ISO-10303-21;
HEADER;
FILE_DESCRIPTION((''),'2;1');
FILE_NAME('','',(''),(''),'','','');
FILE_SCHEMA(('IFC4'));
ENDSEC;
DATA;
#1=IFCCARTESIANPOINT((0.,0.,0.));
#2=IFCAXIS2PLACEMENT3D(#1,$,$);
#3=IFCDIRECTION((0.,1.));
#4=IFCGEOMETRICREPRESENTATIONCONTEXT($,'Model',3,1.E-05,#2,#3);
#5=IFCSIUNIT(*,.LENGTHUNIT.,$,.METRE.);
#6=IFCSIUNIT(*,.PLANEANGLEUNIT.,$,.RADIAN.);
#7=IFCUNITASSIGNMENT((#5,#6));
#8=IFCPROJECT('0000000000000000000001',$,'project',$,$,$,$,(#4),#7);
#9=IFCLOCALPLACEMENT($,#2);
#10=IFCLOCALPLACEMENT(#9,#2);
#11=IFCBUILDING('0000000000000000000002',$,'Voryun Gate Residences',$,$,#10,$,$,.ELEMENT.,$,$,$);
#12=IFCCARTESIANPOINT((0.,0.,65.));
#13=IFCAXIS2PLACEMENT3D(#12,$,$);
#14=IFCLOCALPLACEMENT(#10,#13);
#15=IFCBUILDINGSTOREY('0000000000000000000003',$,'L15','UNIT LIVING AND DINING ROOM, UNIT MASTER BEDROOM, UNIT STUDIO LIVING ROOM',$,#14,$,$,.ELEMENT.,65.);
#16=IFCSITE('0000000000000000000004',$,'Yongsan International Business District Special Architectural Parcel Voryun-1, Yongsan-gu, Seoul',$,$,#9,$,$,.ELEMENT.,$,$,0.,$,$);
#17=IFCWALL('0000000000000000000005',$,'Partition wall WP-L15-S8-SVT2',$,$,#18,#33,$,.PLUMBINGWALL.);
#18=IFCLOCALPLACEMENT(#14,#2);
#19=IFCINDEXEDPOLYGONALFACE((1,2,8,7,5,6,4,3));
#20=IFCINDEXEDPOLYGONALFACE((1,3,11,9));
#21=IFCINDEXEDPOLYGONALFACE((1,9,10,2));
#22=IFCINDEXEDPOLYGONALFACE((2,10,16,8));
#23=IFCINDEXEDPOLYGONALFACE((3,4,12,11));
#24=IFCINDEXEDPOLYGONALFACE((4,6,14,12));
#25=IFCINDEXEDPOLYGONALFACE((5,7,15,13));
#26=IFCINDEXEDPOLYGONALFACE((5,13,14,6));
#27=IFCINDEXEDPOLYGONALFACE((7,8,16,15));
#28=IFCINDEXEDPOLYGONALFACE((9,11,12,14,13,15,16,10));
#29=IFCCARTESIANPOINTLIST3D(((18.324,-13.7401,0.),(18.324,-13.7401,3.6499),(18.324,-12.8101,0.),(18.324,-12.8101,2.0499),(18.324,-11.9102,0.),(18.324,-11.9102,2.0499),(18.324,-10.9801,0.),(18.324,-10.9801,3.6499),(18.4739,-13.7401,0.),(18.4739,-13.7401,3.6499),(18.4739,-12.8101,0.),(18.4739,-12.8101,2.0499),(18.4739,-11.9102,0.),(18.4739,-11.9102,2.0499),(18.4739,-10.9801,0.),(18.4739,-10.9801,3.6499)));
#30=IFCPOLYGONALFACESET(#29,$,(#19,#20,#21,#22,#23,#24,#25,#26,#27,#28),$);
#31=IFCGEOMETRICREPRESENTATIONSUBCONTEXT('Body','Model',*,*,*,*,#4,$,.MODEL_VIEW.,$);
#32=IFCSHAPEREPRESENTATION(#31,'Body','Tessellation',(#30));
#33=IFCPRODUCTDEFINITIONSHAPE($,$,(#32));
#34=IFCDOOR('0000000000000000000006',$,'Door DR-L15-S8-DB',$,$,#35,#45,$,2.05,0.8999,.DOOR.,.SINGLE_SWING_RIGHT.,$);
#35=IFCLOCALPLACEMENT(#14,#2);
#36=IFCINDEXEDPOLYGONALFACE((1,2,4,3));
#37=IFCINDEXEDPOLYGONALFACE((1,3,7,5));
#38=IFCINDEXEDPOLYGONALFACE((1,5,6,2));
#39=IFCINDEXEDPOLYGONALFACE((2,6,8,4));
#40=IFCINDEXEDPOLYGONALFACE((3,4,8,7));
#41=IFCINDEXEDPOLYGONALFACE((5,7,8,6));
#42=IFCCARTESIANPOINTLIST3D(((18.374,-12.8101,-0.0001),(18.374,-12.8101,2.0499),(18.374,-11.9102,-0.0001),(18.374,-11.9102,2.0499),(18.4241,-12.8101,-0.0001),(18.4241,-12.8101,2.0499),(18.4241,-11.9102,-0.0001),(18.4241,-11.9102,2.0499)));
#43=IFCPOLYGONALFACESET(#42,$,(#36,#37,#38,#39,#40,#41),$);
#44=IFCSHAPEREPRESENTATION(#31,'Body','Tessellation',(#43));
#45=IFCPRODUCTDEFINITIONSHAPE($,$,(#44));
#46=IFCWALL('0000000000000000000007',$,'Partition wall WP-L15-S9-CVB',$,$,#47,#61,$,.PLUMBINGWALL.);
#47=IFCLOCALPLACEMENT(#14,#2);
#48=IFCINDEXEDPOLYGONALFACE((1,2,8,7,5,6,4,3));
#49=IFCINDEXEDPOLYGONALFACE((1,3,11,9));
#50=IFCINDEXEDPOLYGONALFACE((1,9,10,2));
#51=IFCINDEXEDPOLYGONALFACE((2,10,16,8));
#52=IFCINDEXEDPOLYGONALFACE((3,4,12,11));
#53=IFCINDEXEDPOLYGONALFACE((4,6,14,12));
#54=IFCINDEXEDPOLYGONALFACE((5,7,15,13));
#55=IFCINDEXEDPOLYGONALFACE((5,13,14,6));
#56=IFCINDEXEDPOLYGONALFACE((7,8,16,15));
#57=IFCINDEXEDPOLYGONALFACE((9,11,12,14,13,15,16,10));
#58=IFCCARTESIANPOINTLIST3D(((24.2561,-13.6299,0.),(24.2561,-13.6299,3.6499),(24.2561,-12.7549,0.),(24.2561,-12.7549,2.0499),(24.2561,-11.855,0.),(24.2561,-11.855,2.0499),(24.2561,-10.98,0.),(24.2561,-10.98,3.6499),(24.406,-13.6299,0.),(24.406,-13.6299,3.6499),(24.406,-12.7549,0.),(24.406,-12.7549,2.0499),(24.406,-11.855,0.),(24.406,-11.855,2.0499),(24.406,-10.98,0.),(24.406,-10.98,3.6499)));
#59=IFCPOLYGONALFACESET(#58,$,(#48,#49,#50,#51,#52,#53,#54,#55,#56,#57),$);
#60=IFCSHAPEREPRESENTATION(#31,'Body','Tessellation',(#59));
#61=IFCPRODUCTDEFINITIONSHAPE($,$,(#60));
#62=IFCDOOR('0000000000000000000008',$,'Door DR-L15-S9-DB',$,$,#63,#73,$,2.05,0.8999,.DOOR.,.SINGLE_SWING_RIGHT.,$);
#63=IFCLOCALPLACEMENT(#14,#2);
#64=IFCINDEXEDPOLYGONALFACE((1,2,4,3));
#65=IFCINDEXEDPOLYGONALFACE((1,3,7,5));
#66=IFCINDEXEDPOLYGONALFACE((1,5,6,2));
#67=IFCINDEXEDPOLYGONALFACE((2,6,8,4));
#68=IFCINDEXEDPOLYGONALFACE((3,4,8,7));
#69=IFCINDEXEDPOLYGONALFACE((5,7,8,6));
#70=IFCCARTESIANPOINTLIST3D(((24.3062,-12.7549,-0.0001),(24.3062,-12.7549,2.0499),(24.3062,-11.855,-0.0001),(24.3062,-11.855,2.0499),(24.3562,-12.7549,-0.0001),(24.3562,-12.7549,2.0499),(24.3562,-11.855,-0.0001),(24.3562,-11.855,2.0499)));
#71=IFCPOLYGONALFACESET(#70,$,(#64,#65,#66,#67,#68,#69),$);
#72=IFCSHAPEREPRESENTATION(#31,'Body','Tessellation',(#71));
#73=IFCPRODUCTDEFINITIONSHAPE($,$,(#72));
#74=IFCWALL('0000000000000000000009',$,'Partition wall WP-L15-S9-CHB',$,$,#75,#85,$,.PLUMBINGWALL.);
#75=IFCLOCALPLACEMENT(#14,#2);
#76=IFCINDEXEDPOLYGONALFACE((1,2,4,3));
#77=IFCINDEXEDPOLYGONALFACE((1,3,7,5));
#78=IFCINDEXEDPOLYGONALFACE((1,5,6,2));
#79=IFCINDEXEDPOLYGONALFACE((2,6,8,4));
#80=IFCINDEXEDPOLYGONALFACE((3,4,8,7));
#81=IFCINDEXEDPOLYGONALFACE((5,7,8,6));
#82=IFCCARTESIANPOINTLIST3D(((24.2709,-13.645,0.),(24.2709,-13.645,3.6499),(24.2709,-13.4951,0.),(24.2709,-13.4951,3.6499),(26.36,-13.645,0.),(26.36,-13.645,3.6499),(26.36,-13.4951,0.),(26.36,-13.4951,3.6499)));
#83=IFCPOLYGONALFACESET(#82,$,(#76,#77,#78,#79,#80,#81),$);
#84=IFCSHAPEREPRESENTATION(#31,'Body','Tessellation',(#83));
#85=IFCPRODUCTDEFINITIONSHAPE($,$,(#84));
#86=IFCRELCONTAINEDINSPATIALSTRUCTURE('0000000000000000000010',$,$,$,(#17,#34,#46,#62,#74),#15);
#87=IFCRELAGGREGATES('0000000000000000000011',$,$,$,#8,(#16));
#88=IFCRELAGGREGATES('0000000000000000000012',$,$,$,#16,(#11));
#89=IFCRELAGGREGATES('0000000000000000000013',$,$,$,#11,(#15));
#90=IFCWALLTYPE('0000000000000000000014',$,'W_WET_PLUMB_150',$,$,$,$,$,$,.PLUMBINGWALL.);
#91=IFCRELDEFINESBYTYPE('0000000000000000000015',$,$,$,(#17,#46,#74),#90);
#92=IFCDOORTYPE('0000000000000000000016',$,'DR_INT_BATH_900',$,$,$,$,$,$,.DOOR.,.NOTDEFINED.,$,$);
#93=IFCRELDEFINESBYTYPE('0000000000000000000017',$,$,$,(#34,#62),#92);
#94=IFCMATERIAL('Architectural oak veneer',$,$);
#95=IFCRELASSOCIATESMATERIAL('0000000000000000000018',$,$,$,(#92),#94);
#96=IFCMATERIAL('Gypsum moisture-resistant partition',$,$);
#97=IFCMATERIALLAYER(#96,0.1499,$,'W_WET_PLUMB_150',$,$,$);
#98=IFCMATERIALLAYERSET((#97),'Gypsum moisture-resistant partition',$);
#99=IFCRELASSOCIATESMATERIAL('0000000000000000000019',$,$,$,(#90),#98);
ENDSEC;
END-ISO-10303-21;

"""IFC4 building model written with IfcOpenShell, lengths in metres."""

from ifc_helpers import new_model, si_unit, direction, frame, frame_2d, origin, place, context, subcontext, project, spatial, rectangle, extrude, material, layer, layer_set, type_object, element, fill, save


model = new_model("IFC4")

# Units and contexts
model_context = context("Model", 3, precision=1e-05, world=origin(), true_north=direction((0.0, 1.0)))
body_context = subcontext(model_context, "Body", "Model", "MODEL_VIEW")
ifc_project = project(units=[si_unit("LENGTHUNIT", "METRE"), si_unit("PLANEANGLEUNIT", "RADIAN")], contexts=[model_context])

# Site, building, storey
site_placement = place(None, origin())
site = spatial("IfcSite", under=ifc_project, at=site_placement, Name="Yongsan International Business District Special Architectural Parcel Voryun-1, Yongsan-gu, Seoul", CompositionType="ELEMENT", RefElevation=0.0)
building_placement = place(site_placement, origin())
building = spatial("IfcBuilding", under=site, at=building_placement, Name="Voryun Gate Residences", CompositionType="ELEMENT")
storey_placement = place(building_placement, frame((0.0, 0.0, 65.0)))
storey = spatial("IfcBuildingStorey", under=building, at=storey_placement, Name="L15", Description="UNIT LIVING AND DINING ROOM, UNIT MASTER BEDROOM, UNIT STUDIO LIVING ROOM", CompositionType="ELEMENT", Elevation=65.0)

# Shared definitions
ifc_material_1 = material(Name="Architectural oak veneer")
door_type = type_object("IfcDoorType", Name="DR_INT_BATH_900", OperationType="NOTDEFINED", PredefinedType="DOOR", material=ifc_material_1)

# Shared definitions
ifc_material_2 = material(Name="Gypsum moisture-resistant partition")
ifc_layer_1 = layer(ifc_material_2, 0.1499, Name="W_WET_PLUMB_150")
ifc_layer_set_1 = layer_set([ifc_layer_1], Name="Gypsum moisture-resistant partition")
wall_type_1 = type_object("IfcWallType", Name="W_WET_PLUMB_150", PredefinedType="PLUMBINGWALL", material=ifc_layer_set_1)

# Walls, openings, doors
wall_1_placement = place(storey_placement, frame((18.3989, -13.74, 0.0), z_axis=(0.0, 0.0, 1.0), x_axis=(0.0, 1.0, 0.0)))
wall_1 = element("IfcWall", 1, at=wall_1_placement, inside=storey, type_object=wall_type_1, Name="Partition wall WP-L15-S8-SVT2", PredefinedType="PLUMBINGWALL", context=body_context, shape_type="SweptSolid", body=[
    extrude(rectangle(XDim=2.76, YDim=0.1499, at=frame_2d((1.3799, 0.0))), origin(), (0.0, 0.0, 1.0), 3.6499),
])
opening_1_placement = place(wall_1_placement, frame((0.9299, 0.0, 0.0)))
opening_1 = element("IfcOpeningElement", 2, at=opening_1_placement, cuts=wall_1, PredefinedType="OPENING", context=body_context, shape_type="SweptSolid", body=[
    extrude(rectangle(XDim=0.8999, YDim=2.05, at=frame_2d((0.45, 1.0249))), frame((0.0, 0.085, 0.0), z_axis=(0.0, -1.0, 0.0), x_axis=(1.0, 0.0, 0.0)), (0.0, 0.0, 1.0), 0.1699),
])
door_1_placement = place(opening_1_placement, origin())
door_1 = element("IfcDoor", 3, at=door_1_placement, inside=storey, type_object=door_type, Name="Door DR-L15-S8-DB", OperationType="SINGLE_SWING_RIGHT", OverallHeight=2.05, OverallWidth=0.8999, PredefinedType="DOOR", context=body_context, shape_type="SweptSolid", body=[
    extrude(rectangle(XDim=0.8999, YDim=2.05, at=frame_2d((0.45, 1.0249))), frame((0.0, 0.0249, 0.0), z_axis=(0.0, -1.0, 0.0), x_axis=(1.0, 0.0, 0.0)), (0.0, 0.0, 1.0), 0.05),
])
fill(opening_1, door_1)
wall_2_placement = place(storey_placement, frame((24.3311, -13.6299, 0.0), z_axis=(0.0, 0.0, 1.0), x_axis=(0.0, 1.0, 0.0)))
wall_2 = element("IfcWall", 4, at=wall_2_placement, inside=storey, type_object=wall_type_1, Name="Partition wall WP-L15-S9-CVB", PredefinedType="PLUMBINGWALL", context=body_context, shape_type="SweptSolid", body=[
    extrude(rectangle(XDim=2.6499, YDim=0.1499, at=frame_2d((1.325, 0.0))), origin(), (0.0, 0.0, 1.0), 3.6499),
])
opening_2_placement = place(wall_2_placement, frame((0.875, 0.0, 0.0)))
opening_2 = element("IfcOpeningElement", 5, at=opening_2_placement, cuts=wall_2, PredefinedType="OPENING", context=body_context, shape_type="SweptSolid", body=[
    extrude(rectangle(XDim=0.8999, YDim=2.05, at=frame_2d((0.45, 1.0249))), frame((0.0, 0.085, 0.0), z_axis=(0.0, -1.0, 0.0), x_axis=(1.0, 0.0, 0.0)), (0.0, 0.0, 1.0), 0.1699),
])
door_2_placement = place(opening_2_placement, origin())
door_2 = element("IfcDoor", 6, at=door_2_placement, inside=storey, type_object=door_type, Name="Door DR-L15-S9-DB", OperationType="SINGLE_SWING_RIGHT", OverallHeight=2.05, OverallWidth=0.8999, PredefinedType="DOOR", context=body_context, shape_type="SweptSolid", body=[
    extrude(rectangle(XDim=0.8999, YDim=2.05, at=frame_2d((0.45, 1.0249))), frame((0.0, 0.0249, 0.0), z_axis=(0.0, -1.0, 0.0), x_axis=(1.0, 0.0, 0.0)), (0.0, 0.0, 1.0), 0.05),
])
fill(opening_2, door_2)

# Wall
wall_3_placement = place(storey_placement, frame((24.271, -13.5701, 0.0), z_axis=(0.0, 0.0, 1.0), x_axis=(1.0, 0.0, 0.0)))
element("IfcWall", 7, at=wall_3_placement, inside=storey, type_object=wall_type_1, Name="Partition wall WP-L15-S9-CHB", PredefinedType="PLUMBINGWALL", context=body_context, shape_type="SweptSolid", body=[
    extrude(rectangle(XDim=2.0891, YDim=0.1499, at=frame_2d((1.0444, 0.0))), origin(), (0.0, 0.0, 1.0), 3.6499),
])

save(model, "model.ifc")
